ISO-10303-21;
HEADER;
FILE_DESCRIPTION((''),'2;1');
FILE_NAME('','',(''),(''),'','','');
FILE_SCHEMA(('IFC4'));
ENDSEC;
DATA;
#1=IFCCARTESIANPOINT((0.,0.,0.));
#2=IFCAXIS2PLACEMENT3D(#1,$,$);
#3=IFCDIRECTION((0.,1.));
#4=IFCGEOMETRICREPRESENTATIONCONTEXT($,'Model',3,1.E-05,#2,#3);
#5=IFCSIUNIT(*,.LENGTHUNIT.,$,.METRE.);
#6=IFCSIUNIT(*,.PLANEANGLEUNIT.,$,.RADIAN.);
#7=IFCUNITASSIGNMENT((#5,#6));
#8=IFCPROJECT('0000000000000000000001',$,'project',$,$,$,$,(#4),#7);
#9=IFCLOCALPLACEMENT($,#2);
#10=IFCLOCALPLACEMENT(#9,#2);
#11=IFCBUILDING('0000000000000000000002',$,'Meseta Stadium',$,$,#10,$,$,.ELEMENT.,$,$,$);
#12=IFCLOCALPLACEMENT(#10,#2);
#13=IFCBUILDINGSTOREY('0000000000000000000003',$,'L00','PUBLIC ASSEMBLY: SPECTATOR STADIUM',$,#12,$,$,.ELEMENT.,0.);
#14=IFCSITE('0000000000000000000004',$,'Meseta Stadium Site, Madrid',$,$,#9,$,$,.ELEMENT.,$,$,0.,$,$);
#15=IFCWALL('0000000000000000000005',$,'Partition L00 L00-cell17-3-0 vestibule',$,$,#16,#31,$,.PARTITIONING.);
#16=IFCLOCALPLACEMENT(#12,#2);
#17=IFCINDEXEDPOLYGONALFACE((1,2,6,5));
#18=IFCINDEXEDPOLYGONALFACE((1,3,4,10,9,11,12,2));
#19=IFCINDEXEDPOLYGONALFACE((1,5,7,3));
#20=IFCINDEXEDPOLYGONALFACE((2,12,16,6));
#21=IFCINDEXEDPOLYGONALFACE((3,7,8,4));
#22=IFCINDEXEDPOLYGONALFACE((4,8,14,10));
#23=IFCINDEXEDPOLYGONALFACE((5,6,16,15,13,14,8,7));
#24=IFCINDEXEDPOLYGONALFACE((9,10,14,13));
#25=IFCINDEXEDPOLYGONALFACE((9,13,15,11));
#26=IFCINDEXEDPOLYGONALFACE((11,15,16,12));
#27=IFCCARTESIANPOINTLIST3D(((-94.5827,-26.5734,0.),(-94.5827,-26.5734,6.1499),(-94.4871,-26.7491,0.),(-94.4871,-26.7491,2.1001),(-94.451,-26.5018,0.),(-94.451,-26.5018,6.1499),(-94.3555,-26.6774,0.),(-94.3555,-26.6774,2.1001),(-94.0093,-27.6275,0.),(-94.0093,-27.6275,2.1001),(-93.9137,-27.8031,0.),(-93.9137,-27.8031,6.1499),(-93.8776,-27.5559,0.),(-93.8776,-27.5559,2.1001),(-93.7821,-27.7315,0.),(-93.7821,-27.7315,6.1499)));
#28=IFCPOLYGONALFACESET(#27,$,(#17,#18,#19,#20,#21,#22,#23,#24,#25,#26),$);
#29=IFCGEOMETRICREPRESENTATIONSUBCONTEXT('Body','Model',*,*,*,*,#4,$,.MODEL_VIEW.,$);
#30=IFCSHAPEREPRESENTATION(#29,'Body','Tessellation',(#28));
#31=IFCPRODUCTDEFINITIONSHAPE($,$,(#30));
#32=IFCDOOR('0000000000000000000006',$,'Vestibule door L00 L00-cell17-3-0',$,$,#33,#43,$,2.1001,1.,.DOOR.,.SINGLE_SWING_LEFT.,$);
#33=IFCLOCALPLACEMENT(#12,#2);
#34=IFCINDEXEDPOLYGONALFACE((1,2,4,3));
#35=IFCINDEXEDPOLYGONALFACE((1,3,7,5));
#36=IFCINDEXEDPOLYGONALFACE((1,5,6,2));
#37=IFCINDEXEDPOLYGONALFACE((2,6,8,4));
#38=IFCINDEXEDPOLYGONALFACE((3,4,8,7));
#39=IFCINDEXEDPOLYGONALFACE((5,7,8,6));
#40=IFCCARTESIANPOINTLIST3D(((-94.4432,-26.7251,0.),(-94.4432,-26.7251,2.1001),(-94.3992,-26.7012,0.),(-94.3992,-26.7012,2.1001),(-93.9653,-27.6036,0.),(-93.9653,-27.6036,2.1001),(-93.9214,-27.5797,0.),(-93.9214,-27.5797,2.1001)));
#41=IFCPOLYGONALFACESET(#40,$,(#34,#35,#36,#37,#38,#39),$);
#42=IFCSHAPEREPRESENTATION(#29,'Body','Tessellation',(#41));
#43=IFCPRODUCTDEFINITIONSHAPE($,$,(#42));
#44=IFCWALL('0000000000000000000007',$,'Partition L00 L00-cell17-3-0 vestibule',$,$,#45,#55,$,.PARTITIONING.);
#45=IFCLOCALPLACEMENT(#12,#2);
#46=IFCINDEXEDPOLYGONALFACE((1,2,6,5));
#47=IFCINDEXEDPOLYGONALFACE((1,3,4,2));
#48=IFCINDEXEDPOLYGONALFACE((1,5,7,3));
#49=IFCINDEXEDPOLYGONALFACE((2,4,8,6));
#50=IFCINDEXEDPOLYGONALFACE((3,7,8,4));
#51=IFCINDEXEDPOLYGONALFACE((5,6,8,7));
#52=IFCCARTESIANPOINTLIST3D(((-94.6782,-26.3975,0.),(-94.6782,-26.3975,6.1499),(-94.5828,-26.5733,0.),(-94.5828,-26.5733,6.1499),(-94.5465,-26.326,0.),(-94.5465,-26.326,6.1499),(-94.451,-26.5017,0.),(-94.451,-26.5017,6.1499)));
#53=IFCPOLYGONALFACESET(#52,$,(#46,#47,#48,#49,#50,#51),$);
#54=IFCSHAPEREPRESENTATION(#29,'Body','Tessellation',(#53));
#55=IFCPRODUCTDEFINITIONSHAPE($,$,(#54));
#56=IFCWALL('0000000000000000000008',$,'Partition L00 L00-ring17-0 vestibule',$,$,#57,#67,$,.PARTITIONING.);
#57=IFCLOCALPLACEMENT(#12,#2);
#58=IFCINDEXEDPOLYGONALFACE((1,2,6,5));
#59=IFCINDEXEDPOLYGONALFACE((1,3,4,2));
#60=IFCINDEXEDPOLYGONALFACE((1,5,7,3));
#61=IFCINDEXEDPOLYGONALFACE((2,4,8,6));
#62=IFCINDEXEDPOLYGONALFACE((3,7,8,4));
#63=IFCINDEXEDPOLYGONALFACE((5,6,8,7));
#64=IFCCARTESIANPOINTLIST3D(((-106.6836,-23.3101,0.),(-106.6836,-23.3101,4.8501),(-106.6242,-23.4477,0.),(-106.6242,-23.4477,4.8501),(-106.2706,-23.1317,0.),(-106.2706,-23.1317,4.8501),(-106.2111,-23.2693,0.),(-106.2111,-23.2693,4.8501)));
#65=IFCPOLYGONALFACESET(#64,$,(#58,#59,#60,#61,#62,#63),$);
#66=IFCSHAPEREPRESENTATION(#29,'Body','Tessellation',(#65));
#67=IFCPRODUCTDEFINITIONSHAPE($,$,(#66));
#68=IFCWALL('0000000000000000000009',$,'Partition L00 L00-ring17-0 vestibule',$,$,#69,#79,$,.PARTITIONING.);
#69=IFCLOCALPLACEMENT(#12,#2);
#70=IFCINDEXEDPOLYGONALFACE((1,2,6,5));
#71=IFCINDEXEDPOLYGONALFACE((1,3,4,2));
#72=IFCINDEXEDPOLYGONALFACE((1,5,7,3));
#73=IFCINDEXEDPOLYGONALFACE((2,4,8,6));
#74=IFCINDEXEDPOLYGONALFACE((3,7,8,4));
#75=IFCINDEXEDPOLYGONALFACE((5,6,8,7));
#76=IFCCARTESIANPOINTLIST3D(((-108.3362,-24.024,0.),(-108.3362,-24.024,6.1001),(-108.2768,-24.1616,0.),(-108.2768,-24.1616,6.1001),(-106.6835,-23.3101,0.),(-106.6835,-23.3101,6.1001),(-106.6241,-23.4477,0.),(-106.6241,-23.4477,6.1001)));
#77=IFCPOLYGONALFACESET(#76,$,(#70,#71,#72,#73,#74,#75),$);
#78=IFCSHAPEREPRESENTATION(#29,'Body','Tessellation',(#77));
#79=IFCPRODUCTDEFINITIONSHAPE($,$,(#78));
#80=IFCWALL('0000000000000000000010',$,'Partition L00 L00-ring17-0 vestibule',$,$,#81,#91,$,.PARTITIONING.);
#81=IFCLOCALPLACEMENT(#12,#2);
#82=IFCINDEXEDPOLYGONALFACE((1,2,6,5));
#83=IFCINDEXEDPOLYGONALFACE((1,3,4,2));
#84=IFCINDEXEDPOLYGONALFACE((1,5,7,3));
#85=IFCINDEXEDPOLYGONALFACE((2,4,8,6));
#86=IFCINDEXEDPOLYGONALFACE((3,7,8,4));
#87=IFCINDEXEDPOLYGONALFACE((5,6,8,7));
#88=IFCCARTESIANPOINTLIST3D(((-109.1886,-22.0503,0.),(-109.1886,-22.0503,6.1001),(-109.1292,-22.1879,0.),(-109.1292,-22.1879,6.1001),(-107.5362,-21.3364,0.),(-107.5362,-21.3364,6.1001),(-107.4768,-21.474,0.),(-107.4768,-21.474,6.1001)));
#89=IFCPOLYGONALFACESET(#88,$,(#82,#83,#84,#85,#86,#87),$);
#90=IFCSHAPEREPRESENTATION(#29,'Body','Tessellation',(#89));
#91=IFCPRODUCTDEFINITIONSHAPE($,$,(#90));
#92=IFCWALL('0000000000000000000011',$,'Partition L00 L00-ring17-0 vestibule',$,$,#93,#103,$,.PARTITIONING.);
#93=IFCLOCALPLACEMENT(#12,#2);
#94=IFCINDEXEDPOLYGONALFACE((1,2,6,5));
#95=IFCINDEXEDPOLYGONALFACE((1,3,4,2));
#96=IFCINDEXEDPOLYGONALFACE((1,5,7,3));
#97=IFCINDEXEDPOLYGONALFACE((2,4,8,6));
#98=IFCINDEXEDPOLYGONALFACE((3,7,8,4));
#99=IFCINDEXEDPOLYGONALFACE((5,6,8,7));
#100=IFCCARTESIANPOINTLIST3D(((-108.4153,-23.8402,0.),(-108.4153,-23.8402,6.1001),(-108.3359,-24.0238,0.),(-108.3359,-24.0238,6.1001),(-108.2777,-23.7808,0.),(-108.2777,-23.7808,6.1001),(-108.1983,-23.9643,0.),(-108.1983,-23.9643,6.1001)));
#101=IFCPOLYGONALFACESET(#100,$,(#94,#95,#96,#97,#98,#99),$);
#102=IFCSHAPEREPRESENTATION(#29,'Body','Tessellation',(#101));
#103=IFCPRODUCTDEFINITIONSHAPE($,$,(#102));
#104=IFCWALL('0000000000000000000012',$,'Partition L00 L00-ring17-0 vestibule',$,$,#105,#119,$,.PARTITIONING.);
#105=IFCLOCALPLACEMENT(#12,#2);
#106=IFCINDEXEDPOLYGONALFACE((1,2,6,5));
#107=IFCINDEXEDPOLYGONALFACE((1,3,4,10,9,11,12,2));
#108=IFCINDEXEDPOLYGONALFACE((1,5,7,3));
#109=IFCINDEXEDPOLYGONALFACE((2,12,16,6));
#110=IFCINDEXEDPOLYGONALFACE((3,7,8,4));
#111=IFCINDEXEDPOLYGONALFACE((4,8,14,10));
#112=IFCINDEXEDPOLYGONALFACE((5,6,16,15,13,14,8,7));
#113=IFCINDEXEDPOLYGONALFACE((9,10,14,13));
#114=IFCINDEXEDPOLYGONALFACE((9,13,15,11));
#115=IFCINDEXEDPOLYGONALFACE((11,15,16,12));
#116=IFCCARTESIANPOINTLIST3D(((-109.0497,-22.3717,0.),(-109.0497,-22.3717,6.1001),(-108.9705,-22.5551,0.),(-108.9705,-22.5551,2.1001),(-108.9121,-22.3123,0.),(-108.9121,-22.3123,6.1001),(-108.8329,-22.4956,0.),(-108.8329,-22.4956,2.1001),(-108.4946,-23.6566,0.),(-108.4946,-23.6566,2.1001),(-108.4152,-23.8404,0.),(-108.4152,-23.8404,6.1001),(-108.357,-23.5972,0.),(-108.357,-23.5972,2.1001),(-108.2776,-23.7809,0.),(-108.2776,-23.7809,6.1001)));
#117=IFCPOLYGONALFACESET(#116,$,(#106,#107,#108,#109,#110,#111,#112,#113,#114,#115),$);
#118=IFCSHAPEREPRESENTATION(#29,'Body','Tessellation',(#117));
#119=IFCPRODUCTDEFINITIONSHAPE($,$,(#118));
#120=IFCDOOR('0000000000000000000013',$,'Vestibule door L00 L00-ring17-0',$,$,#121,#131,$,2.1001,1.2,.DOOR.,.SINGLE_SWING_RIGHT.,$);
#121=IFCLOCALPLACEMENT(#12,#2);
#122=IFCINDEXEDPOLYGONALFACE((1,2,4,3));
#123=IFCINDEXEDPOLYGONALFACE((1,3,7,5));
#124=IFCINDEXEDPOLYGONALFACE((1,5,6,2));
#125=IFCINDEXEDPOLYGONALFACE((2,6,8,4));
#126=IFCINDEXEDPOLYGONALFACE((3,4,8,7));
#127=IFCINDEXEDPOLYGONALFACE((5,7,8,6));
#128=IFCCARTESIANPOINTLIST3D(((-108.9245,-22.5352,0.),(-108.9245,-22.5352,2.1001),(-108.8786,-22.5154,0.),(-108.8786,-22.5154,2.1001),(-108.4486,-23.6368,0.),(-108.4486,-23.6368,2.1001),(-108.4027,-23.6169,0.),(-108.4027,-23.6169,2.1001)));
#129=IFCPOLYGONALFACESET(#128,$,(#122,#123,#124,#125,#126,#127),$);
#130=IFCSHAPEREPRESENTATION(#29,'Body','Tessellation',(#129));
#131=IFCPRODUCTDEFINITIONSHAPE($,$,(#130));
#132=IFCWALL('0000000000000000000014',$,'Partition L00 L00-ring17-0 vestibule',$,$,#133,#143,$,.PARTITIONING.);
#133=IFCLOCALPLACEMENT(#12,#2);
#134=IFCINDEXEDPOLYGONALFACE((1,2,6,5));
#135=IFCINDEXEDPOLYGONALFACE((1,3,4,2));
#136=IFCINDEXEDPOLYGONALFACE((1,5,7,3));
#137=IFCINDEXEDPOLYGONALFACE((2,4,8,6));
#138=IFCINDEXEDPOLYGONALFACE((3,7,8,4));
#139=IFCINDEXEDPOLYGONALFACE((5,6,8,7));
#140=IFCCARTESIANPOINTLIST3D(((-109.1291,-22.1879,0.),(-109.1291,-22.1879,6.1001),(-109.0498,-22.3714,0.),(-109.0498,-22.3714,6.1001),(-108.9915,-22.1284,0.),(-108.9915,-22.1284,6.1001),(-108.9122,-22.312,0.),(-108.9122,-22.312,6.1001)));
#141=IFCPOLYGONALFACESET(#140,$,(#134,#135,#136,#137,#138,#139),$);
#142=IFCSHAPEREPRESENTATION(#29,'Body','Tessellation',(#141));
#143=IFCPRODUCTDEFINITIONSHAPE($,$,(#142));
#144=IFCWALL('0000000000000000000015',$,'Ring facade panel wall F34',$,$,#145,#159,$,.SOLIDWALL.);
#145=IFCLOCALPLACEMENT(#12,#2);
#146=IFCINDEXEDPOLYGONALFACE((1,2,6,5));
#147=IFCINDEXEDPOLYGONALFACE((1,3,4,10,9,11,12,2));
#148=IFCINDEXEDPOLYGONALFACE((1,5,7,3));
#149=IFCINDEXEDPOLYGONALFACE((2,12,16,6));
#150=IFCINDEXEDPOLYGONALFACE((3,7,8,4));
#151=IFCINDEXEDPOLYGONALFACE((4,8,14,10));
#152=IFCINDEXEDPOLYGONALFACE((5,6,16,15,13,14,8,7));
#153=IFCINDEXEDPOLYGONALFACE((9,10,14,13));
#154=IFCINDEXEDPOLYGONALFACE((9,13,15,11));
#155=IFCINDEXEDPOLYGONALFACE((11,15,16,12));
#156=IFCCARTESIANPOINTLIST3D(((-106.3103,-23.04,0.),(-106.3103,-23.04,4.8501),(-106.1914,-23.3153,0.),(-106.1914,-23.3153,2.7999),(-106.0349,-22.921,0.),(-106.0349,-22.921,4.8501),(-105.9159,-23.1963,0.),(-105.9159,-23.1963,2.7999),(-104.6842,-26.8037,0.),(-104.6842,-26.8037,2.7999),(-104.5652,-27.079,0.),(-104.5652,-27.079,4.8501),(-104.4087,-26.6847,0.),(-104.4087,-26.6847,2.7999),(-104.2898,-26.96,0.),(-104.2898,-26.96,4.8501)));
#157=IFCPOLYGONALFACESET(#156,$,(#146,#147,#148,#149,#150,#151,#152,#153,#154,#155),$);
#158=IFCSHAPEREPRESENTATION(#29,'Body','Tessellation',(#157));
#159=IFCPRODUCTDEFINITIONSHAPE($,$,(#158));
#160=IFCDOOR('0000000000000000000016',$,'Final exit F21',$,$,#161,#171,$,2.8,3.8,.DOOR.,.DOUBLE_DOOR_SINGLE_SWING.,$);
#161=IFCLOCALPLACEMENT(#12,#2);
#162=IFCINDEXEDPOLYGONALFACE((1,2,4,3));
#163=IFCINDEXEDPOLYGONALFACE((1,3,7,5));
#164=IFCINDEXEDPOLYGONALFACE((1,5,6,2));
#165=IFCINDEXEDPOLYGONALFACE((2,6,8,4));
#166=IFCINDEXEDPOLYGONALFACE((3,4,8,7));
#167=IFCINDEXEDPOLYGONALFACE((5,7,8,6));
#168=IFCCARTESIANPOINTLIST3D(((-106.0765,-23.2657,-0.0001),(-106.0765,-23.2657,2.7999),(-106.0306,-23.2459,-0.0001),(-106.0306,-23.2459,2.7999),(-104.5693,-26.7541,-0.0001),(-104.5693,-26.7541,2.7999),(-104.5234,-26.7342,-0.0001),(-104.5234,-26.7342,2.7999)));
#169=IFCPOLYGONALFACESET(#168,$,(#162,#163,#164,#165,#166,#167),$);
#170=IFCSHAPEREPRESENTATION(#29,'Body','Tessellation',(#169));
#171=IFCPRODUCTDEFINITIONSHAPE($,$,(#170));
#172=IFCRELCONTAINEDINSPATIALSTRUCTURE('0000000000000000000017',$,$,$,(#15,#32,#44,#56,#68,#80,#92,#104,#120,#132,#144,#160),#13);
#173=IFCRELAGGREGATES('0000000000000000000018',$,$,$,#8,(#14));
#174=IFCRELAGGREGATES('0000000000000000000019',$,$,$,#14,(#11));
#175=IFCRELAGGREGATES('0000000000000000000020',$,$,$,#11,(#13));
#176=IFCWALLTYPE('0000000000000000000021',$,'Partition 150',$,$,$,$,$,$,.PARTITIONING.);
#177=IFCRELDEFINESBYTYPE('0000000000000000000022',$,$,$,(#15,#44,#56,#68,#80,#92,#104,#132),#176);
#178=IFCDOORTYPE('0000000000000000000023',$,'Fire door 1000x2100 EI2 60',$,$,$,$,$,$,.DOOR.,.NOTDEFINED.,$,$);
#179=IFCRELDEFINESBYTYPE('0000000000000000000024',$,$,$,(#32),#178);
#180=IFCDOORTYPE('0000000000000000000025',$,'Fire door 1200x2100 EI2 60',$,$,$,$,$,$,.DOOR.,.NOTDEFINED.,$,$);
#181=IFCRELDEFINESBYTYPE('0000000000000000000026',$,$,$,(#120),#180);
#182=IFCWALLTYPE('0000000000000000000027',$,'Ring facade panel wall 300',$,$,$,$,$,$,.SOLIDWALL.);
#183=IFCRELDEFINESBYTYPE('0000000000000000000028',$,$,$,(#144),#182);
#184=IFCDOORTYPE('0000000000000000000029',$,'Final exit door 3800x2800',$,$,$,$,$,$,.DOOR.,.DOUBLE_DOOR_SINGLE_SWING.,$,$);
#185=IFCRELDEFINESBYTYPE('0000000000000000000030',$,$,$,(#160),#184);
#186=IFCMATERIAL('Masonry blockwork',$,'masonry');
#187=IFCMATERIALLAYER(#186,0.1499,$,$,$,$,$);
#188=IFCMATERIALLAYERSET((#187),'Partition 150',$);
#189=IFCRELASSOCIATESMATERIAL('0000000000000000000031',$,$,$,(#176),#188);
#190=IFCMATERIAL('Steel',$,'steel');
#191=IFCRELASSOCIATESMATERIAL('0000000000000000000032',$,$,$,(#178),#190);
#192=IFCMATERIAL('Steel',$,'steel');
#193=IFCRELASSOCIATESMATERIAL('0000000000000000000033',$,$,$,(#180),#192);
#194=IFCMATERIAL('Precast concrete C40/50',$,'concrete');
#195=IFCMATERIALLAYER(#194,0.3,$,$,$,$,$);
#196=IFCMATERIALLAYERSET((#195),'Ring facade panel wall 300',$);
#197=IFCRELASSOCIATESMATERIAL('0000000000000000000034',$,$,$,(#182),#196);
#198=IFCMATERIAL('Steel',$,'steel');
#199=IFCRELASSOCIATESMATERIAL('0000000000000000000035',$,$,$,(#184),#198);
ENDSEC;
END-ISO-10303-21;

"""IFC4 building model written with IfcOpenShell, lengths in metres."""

from ifc_helpers import new_model, si_unit, direction, frame, frame_2d, origin, place, context, subcontext, project, spatial, rectangle, extrude, material, layer, layer_set, type_object, element, fill, save


model = new_model("IFC4")

# Units and contexts
model_context = context("Model", 3, precision=1e-05, world=origin(), true_north=direction((0.0, 1.0)))
body_context = subcontext(model_context, "Body", "Model", "MODEL_VIEW")
ifc_project = project(units=[si_unit("LENGTHUNIT", "METRE"), si_unit("PLANEANGLEUNIT", "RADIAN")], contexts=[model_context])

# Site, building, storey
site_placement = place(None, origin())
site = spatial("IfcSite", under=ifc_project, at=site_placement, Name="Meseta Stadium Site, Madrid", CompositionType="ELEMENT", RefElevation=0.0)
building_placement = place(site_placement, origin())
building = spatial("IfcBuilding", under=site, at=building_placement, Name="Meseta Stadium", CompositionType="ELEMENT")
storey_placement = place(building_placement, origin())
storey = spatial("IfcBuildingStorey", under=building, at=storey_placement, Name="L00", Description="PUBLIC ASSEMBLY: SPECTATOR STADIUM", CompositionType="ELEMENT", Elevation=0.0)

# Shared definitions
ifc_material_1 = material(Name="Masonry blockwork", Category="masonry")
ifc_layer_1 = layer(ifc_material_1, 0.1499)
ifc_layer_set_1 = layer_set([ifc_layer_1], Name="Partition 150")
wall_type_1 = type_object("IfcWallType", Name="Partition 150", PredefinedType="PARTITIONING", material=ifc_layer_set_1)

# Wall, opening, door
wall_1_placement = place(storey_placement, frame((-93.8479, -27.7673, 0.0), z_axis=(0.0, 0.0, 1.0), x_axis=(-0.47785, 0.878442, 0.0)))
wall_1 = element("IfcWall", 1, at=wall_1_placement, inside=storey, type_object=wall_type_1, Name="Partition L00 L00-cell17-3-0 vestibule", PredefinedType="PARTITIONING", context=body_context, shape_type="SweptSolid", body=[
    extrude(rectangle(XDim=1.3999, YDim=0.1499, at=frame_2d((0.7, 0.0))), origin(), (0.0, 0.0, 1.0), 6.1499),
])
opening_1_placement = place(wall_1_placement, frame((0.2, 0.0, 0.0)))
opening_1 = element("IfcOpeningElement", 2, at=opening_1_placement, cuts=wall_1, PredefinedType="OPENING", context=body_context, shape_type="SweptSolid", body=[
    extrude(rectangle(XDim=1.0, YDim=2.1001, at=frame_2d((0.5, 1.05))), frame((0.0, 0.085, 0.0), z_axis=(0.0, -1.0, 0.0), x_axis=(1.0, 0.0, 0.0)), (0.0, 0.0, 1.0), 0.1699),
])
ifc_material_2 = material(Name="Steel", Category="steel")
door_type_1 = type_object("IfcDoorType", Name="Fire door 1000x2100 EI2 60", OperationType="NOTDEFINED", PredefinedType="DOOR", material=ifc_material_2)
door_1_placement = place(opening_1_placement, origin())
door_1 = element("IfcDoor", 3, at=door_1_placement, inside=storey, type_object=door_type_1, Name="Vestibule door L00 L00-cell17-3-0", OperationType="SINGLE_SWING_LEFT", OverallHeight=2.1001, OverallWidth=1.0, PredefinedType="DOOR", context=body_context, shape_type="SweptSolid", body=[
    extrude(rectangle(XDim=1.0, YDim=2.1001, at=frame_2d((0.5, 1.05))), frame((0.0, 0.0249, 0.0), z_axis=(0.0, -1.0, 0.0), x_axis=(1.0, 0.0, 0.0)), (0.0, 0.0, 1.0), 0.05),
])
fill(opening_1, door_1)

# Walls
wall_2_placement = place(storey_placement, frame((-94.5168, -26.5376, 0.0), z_axis=(0.0, 0.0, 1.0), x_axis=(-0.477227, 0.87878, 0.0)))
element("IfcWall", 4, at=wall_2_placement, inside=storey, type_object=wall_type_1, Name="Partition L00 L00-cell17-3-0 vestibule", PredefinedType="PARTITIONING", context=body_context, shape_type="SweptSolid", body=[
    extrude(rectangle(XDim=0.2, YDim=0.1499, at=frame_2d((0.1001, 0.0))), origin(), (0.0, 0.0, 1.0), 6.1499),
])
wall_3_placement = place(storey_placement, frame((-106.2407, -23.2004, 0.0), z_axis=(0.0, 0.0, 1.0), x_axis=(-0.917991, -0.396602, 0.0)))
element("IfcWall", 5, at=wall_3_placement, inside=storey, type_object=wall_type_1, Name="Partition L00 L00-ring17-0 vestibule", PredefinedType="PARTITIONING", context=body_context, shape_type="SweptSolid", body=[
    extrude(rectangle(XDim=0.45, YDim=0.1499, at=frame_2d((0.2251, 0.0))), origin(), (0.0, 0.0, 1.0), 4.8501),
])
wall_4_placement = place(storey_placement, frame((-106.6538, -23.3789, 0.0), z_axis=(0.0, 0.0, 1.0), x_axis=(-0.918012, -0.396553, 0.0)))
element("IfcWall", 6, at=wall_4_placement, inside=storey, type_object=wall_type_1, Name="Partition L00 L00-ring17-0 vestibule", PredefinedType="PARTITIONING", context=body_context, shape_type="SweptSolid", body=[
    extrude(rectangle(XDim=1.8003, YDim=0.1499, at=frame_2d((0.9001, 0.0))), origin(), (0.0, 0.0, 1.0), 6.1001),
])
wall_5_placement = place(storey_placement, frame((-107.5066, -21.4053, 0.0), z_axis=(0.0, 0.0, 1.0), x_axis=(-0.917991, -0.396602, 0.0)))
element("IfcWall", 7, at=wall_5_placement, inside=storey, type_object=wall_type_1, Name="Partition L00 L00-ring17-0 vestibule", PredefinedType="PARTITIONING", context=body_context, shape_type="SweptSolid", body=[
    extrude(rectangle(XDim=1.8, YDim=0.1499, at=frame_2d((0.8999, 0.0))), origin(), (0.0, 0.0, 1.0), 6.1001),
])
wall_6_placement = place(storey_placement, frame((-108.2671, -23.9941, 0.0), z_axis=(0.0, 0.0, 1.0), x_axis=(-0.396717, 0.917941, 0.0)))
element("IfcWall", 8, at=wall_6_placement, inside=storey, type_object=wall_type_1, Name="Partition L00 L00-ring17-0 vestibule", PredefinedType="PARTITIONING", context=body_context, shape_type="SweptSolid", body=[
    extrude(rectangle(XDim=0.2, YDim=0.1499, at=frame_2d((0.1001, 0.0))), origin(), (0.0, 0.0, 1.0), 6.1001),
])

# Wall, opening, door
wall_7_placement = place(storey_placement, frame((-108.3464, -23.8105, 0.0), z_axis=(0.0, 0.0, 1.0), x_axis=(-0.396588, 0.917997, 0.0)))
wall_7 = element("IfcWall", 9, at=wall_7_placement, inside=storey, type_object=wall_type_1, Name="Partition L00 L00-ring17-0 vestibule", PredefinedType="PARTITIONING", context=body_context, shape_type="SweptSolid", body=[
    extrude(rectangle(XDim=1.5999, YDim=0.1499, at=frame_2d((0.7998, 0.0))), origin(), (0.0, 0.0, 1.0), 6.1001),
])
opening_2_placement = place(wall_7_placement, frame((0.2, 0.0, 0.0)))
opening_2 = element("IfcOpeningElement", 10, at=opening_2_placement, cuts=wall_7, PredefinedType="OPENING", context=body_context, shape_type="SweptSolid", body=[
    extrude(rectangle(XDim=1.2, YDim=2.1001, at=frame_2d((0.6001, 1.05))), frame((0.0, 0.085, 0.0), z_axis=(0.0, -1.0, 0.0), x_axis=(1.0, 0.0, 0.0)), (0.0, 0.0, 1.0), 0.1699),
])
ifc_material_3 = material(Name="Steel", Category="steel")
door_type_2 = type_object("IfcDoorType", Name="Fire door 1200x2100 EI2 60", OperationType="NOTDEFINED", PredefinedType="DOOR", material=ifc_material_3)
door_2_placement = place(opening_2_placement, origin())
door_2 = element("IfcDoor", 11, at=door_2_placement, inside=storey, type_object=door_type_2, Name="Vestibule door L00 L00-ring17-0", OperationType="SINGLE_SWING_RIGHT", OverallHeight=2.1001, OverallWidth=1.2, PredefinedType="DOOR", context=body_context, shape_type="SweptSolid", body=[
    extrude(rectangle(XDim=1.2, YDim=2.1001, at=frame_2d((0.6001, 1.05))), frame((0.0, 0.0249, 0.0), z_axis=(0.0, -1.0, 0.0), x_axis=(1.0, 0.0, 0.0)), (0.0, 0.0, 1.0), 0.05),
])
fill(opening_2, door_2)

# Wall
wall_8_placement = place(storey_placement, frame((-108.981, -22.3418, 0.0), z_axis=(0.0, 0.0, 1.0), x_axis=(-0.396717, 0.917941, 0.0)))
element("IfcWall", 12, at=wall_8_placement, inside=storey, type_object=wall_type_1, Name="Partition L00 L00-ring17-0 vestibule", PredefinedType="PARTITIONING", context=body_context, shape_type="SweptSolid", body=[
    extrude(rectangle(XDim=0.2, YDim=0.1499, at=frame_2d((0.1001, 0.0))), origin(), (0.0, 0.0, 1.0), 6.1001),
])

# Wall, opening, door
ifc_material_4 = material(Name="Precast concrete C40/50", Category="concrete")
ifc_layer_2 = layer(ifc_material_4, 0.3)
ifc_layer_set_2 = layer_set([ifc_layer_2], Name="Ring facade panel wall 300")
wall_type_2 = type_object("IfcWallType", Name="Ring facade panel wall 300", PredefinedType="SOLIDWALL", material=ifc_layer_set_2)
wall_9_placement = place(storey_placement, frame((-104.4275, -27.0195, 0.0), z_axis=(0.0, 0.0, 1.0), x_axis=(-0.396623, 0.917982, 0.0)))
wall_9 = element("IfcWall", 13, at=wall_9_placement, inside=storey, type_object=wall_type_2, Name="Ring facade panel wall F34", PredefinedType="SOLIDWALL", context=body_context, shape_type="SweptSolid", body=[
    extrude(rectangle(XDim=4.3999, YDim=0.3, at=frame_2d((2.2, 0.0))), origin(), (0.0, 0.0, 1.0), 4.8501),
])
opening_3_placement = place(wall_9_placement, frame((0.3, 0.0, 0.0)))
opening_3 = element("IfcOpeningElement", 14, at=opening_3_placement, cuts=wall_9, PredefinedType="OPENING", context=body_context, shape_type="SweptSolid", body=[
    extrude(rectangle(XDim=3.8, YDim=2.8, at=frame_2d((1.8999, 1.3999))), frame((0.0, 0.1599, 0.0), z_axis=(0.0, -1.0, 0.0), x_axis=(1.0, 0.0, 0.0)), (0.0, 0.0, 1.0), 0.3201),
])
ifc_material_5 = material(Name="Steel", Category="steel")
door_type_3 = type_object("IfcDoorType", Name="Final exit door 3800x2800", OperationType="DOUBLE_DOOR_SINGLE_SWING", PredefinedType="DOOR", material=ifc_material_5)
door_3_placement = place(opening_3_placement, origin())
door_3 = element("IfcDoor", 15, at=door_3_placement, inside=storey, type_object=door_type_3, Name="Final exit F21", OperationType="DOUBLE_DOOR_SINGLE_SWING", OverallHeight=2.8, OverallWidth=3.8, PredefinedType="DOOR", context=body_context, shape_type="SweptSolid", body=[
    extrude(rectangle(XDim=3.8, YDim=2.8, at=frame_2d((1.8999, 1.3999))), frame((0.0, 0.0249, 0.0), z_axis=(0.0, -1.0, 0.0), x_axis=(1.0, 0.0, 0.0)), (0.0, 0.0, 1.0), 0.05),
])
fill(opening_3, door_3)

save(model, "model.ifc")
